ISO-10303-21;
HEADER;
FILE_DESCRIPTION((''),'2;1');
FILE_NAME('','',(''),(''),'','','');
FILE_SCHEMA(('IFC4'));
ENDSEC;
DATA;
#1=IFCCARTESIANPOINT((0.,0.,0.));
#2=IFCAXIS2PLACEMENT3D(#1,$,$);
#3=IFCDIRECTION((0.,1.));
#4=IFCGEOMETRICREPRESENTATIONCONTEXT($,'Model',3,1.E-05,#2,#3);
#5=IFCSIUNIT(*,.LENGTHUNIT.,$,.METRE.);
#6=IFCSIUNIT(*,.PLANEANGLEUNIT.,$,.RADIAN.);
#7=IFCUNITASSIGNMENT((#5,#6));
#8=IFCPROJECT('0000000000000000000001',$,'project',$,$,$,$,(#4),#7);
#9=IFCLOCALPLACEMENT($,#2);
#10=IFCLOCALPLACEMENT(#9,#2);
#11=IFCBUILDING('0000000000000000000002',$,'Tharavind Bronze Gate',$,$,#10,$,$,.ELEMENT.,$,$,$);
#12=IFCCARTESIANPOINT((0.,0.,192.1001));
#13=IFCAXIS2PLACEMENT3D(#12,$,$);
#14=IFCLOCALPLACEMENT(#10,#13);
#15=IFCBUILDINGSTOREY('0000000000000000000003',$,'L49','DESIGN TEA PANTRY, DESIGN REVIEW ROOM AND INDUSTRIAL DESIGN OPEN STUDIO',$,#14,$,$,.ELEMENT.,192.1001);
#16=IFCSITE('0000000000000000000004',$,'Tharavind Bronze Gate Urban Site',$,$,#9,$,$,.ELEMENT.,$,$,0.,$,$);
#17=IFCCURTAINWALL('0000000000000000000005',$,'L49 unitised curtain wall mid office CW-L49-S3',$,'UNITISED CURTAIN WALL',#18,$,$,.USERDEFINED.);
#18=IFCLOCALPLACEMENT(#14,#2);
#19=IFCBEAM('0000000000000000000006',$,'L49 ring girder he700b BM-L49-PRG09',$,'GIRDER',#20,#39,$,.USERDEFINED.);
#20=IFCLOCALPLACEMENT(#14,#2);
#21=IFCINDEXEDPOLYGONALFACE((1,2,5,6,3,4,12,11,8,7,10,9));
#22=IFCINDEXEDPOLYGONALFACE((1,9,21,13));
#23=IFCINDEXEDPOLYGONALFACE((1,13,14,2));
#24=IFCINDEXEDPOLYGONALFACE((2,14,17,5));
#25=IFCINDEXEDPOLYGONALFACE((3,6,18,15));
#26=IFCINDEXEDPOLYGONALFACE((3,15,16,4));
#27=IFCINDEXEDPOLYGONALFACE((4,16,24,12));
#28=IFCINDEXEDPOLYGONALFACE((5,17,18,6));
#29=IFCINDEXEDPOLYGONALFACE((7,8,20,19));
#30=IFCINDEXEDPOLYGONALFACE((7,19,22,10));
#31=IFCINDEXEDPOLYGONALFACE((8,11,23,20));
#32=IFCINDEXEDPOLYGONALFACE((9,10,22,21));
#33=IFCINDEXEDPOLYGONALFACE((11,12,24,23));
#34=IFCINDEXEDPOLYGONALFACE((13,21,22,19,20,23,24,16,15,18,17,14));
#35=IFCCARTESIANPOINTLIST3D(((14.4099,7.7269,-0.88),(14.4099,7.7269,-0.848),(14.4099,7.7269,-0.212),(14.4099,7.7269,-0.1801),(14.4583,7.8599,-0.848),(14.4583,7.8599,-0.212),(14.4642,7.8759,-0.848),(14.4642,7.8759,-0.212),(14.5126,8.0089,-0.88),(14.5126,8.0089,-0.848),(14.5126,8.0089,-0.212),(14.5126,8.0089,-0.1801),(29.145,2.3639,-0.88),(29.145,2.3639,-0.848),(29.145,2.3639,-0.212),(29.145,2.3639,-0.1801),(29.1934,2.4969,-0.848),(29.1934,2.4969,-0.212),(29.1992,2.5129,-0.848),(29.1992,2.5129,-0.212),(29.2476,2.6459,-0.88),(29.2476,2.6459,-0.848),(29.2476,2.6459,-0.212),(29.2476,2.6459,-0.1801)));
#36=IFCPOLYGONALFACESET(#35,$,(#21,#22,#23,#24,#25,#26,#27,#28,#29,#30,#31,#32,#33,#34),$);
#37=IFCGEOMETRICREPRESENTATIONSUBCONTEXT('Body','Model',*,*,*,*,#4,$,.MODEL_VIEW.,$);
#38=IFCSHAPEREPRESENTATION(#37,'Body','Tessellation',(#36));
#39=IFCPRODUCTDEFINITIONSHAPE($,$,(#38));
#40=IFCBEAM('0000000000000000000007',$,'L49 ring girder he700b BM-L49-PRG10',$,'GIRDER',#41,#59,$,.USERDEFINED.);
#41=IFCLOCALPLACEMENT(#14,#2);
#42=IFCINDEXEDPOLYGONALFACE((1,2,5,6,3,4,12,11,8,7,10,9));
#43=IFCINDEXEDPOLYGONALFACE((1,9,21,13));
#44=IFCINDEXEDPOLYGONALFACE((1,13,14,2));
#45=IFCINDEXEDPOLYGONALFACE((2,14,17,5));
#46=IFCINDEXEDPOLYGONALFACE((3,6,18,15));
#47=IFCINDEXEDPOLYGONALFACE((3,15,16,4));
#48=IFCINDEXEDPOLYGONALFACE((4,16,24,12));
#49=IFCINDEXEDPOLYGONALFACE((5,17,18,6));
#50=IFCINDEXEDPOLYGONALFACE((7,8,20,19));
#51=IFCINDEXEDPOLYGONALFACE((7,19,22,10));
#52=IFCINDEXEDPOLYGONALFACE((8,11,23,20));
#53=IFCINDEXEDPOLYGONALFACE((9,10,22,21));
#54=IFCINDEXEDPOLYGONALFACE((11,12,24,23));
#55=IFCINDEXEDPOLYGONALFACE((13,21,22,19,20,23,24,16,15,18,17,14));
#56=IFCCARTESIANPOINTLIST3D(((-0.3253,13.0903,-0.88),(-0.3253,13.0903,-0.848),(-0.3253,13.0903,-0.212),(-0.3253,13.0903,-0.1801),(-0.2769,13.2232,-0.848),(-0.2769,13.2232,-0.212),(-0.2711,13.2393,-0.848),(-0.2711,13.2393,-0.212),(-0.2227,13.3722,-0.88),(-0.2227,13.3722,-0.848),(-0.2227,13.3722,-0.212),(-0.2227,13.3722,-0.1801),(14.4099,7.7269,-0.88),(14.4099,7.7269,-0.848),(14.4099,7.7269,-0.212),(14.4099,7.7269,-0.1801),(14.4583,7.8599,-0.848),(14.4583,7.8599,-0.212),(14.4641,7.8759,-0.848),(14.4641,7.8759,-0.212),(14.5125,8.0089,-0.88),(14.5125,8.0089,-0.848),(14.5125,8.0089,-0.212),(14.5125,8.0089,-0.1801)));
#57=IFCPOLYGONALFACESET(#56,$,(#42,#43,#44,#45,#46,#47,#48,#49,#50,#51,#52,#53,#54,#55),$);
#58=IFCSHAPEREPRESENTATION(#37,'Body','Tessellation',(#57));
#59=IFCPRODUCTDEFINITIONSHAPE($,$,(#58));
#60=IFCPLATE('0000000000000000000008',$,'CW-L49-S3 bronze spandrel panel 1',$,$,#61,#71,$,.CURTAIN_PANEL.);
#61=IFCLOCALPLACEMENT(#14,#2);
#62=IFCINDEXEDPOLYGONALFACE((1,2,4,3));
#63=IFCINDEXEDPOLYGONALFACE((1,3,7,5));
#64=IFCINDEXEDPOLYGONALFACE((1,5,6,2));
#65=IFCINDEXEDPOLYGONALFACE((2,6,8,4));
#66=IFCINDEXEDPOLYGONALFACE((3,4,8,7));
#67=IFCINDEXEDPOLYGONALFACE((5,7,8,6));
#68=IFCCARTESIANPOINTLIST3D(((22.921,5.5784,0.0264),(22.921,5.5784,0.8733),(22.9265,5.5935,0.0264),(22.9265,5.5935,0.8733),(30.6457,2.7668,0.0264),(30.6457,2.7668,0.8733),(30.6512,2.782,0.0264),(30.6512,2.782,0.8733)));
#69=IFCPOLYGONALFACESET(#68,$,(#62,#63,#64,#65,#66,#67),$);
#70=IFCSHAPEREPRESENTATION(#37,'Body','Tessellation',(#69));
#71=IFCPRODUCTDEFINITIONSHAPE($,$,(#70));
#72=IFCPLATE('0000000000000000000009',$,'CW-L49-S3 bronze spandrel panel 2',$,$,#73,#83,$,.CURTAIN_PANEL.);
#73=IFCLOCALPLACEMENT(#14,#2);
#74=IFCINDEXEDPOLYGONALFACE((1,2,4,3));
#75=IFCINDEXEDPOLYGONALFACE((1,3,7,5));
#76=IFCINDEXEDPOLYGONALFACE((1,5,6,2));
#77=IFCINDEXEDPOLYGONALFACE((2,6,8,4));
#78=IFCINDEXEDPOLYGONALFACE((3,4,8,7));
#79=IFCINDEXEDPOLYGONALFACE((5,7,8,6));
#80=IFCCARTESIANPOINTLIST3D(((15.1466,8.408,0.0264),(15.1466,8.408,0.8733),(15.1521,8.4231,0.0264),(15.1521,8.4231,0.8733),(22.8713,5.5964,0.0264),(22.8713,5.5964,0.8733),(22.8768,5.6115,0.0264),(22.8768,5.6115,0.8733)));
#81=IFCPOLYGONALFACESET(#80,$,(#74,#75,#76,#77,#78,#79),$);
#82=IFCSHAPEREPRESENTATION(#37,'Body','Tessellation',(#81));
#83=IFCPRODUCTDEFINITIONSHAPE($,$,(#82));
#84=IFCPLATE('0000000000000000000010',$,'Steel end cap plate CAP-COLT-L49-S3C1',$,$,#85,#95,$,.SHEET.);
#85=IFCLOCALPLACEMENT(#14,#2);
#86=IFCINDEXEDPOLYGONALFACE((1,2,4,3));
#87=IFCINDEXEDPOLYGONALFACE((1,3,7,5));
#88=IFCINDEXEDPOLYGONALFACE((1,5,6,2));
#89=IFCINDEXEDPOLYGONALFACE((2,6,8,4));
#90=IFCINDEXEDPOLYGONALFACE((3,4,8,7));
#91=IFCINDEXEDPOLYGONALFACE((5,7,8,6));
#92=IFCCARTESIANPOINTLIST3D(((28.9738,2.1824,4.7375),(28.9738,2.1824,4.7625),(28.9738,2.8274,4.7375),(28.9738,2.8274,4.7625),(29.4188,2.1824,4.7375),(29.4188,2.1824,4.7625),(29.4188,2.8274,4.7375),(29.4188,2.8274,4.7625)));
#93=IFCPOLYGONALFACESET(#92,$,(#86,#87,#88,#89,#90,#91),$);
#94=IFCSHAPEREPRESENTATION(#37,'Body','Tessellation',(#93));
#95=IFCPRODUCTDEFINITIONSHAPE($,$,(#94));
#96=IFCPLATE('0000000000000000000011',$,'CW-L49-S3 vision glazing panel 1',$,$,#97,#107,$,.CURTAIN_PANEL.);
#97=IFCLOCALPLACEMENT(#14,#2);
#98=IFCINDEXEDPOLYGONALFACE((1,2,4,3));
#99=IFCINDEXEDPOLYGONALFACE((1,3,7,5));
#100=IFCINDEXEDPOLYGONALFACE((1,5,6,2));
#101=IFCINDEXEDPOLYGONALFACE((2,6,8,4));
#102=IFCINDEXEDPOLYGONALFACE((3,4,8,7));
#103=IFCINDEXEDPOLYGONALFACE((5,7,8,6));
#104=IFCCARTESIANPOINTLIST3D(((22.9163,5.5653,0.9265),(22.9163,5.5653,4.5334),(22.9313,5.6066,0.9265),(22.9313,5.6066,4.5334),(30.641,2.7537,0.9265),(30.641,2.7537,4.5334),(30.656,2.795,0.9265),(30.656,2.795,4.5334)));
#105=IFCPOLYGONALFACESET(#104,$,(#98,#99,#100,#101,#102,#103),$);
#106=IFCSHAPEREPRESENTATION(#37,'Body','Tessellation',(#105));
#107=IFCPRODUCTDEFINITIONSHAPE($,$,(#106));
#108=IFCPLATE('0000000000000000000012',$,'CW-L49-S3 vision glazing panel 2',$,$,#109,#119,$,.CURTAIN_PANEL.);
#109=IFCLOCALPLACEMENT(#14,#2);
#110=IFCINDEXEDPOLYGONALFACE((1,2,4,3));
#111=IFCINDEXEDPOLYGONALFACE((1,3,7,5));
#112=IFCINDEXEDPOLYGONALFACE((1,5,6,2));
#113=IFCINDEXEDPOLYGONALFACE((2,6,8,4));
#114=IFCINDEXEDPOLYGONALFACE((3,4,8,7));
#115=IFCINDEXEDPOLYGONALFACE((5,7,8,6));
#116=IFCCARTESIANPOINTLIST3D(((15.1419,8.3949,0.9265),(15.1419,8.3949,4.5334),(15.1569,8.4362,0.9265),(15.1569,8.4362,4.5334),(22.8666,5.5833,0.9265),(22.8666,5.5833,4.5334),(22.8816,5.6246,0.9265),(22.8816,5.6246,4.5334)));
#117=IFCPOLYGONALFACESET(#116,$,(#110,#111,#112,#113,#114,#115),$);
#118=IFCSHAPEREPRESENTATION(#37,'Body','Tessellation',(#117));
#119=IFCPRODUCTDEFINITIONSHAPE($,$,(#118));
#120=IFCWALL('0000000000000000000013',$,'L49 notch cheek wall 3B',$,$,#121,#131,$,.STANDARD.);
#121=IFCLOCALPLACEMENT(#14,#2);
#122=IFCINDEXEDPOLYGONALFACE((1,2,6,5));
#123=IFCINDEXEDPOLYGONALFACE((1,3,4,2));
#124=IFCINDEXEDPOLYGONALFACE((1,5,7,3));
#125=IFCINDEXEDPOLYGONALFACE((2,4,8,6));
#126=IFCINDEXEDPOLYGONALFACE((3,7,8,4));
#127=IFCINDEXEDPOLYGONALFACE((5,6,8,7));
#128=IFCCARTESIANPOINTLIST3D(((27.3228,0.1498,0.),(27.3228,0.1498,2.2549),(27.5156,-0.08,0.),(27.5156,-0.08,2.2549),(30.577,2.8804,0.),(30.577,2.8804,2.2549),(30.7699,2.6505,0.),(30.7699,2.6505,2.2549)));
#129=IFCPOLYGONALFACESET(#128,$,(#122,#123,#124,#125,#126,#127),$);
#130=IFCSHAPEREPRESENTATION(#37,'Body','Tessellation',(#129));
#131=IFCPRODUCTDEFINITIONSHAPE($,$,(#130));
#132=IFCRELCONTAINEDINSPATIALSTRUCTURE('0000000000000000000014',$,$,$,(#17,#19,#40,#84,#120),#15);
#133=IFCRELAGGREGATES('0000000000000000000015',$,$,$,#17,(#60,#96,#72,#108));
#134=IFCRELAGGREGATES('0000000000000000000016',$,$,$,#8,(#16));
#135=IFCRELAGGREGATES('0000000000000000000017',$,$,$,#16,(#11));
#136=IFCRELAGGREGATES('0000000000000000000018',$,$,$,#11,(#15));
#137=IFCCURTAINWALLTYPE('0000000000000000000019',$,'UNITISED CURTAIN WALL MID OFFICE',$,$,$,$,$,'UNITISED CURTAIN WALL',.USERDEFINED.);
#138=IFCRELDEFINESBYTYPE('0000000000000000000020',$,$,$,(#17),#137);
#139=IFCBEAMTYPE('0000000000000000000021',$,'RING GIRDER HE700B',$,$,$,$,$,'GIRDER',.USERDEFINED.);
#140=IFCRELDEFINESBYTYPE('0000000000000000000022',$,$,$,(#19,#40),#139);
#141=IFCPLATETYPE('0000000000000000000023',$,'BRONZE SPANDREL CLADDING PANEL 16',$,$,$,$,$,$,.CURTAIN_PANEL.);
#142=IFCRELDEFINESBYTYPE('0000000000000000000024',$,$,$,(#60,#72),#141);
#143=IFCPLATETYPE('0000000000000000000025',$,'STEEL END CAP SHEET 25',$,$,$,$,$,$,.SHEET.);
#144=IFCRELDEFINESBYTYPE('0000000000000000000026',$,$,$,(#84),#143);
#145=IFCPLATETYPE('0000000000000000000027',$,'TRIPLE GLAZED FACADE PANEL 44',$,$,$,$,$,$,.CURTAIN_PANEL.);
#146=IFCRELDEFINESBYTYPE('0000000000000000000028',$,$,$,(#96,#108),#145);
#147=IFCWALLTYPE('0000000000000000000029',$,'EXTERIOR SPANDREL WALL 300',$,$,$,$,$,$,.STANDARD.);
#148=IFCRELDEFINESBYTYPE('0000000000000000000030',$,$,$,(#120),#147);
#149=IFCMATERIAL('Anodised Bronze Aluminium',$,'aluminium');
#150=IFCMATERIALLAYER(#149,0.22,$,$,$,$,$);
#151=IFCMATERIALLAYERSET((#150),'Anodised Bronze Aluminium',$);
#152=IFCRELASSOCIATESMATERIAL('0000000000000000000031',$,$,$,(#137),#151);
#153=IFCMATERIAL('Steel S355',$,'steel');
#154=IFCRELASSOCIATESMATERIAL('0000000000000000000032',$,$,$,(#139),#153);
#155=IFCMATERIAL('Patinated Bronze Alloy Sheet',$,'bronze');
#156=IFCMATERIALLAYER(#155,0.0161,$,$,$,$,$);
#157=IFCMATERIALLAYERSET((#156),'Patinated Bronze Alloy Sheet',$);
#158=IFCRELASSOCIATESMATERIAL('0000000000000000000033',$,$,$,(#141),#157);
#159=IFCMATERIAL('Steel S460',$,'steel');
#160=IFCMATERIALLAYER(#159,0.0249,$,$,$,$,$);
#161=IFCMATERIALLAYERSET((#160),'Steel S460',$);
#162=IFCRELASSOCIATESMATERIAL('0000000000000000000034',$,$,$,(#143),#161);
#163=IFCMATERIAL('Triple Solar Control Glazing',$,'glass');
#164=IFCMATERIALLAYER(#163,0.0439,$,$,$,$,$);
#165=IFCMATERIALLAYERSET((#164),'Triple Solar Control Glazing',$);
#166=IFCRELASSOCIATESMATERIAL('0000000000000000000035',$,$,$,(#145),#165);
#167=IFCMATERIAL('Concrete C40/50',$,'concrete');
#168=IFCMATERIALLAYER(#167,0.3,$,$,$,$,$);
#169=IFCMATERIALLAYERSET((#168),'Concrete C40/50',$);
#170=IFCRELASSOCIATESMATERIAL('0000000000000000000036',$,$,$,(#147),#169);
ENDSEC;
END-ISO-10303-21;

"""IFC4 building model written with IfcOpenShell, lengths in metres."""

from ifc_helpers import new_model, si_unit, direction, frame, frame_2d, origin, origin_2d, place, context, subcontext, project, spatial, rectangle, i_section, extrude, material, layer, layer_set, material_profile, profile_set, type_object, element, aggregate, save


model = new_model("IFC4")

# Units and contexts
model_context = context("Model", 3, precision=1e-05, world=origin(), true_north=direction((0.0, 1.0)))
body_context = subcontext(model_context, "Body", "Model", "MODEL_VIEW")
ifc_project = project(units=[si_unit("LENGTHUNIT", "METRE"), si_unit("PLANEANGLEUNIT", "RADIAN")], contexts=[model_context])

# Site, building, storey
site_placement = place(None, origin())
site = spatial("IfcSite", under=ifc_project, at=site_placement, Name="Tharavind Bronze Gate Urban Site", CompositionType="ELEMENT", RefElevation=0.0)
building_placement = place(site_placement, origin())
building = spatial("IfcBuilding", under=site, at=building_placement, Name="Tharavind Bronze Gate", CompositionType="ELEMENT")
storey_placement = place(building_placement, frame((0.0, 0.0, 192.1001)))
storey = spatial("IfcBuildingStorey", under=building, at=storey_placement, Name="L49", Description="DESIGN TEA PANTRY, DESIGN REVIEW ROOM AND INDUSTRIAL DESIGN OPEN STUDIO", CompositionType="ELEMENT", Elevation=192.1001)

# Shared definitions
ifc_material_1 = material(Name="Steel S460", Category="steel")

# Curtain wall
ifc_material_2 = material(Name="Anodised Bronze Aluminium", Category="aluminium")
ifc_layer_1 = layer(ifc_material_2, 0.22)
ifc_layer_set_1 = layer_set([ifc_layer_1], Name="Anodised Bronze Aluminium")
curtain_wall_type = type_object("IfcCurtainWallType", Name="UNITISED CURTAIN WALL MID OFFICE", ElementType="UNITISED CURTAIN WALL", PredefinedType="USERDEFINED", material=ifc_layer_set_1)
curtain_wall_placement = place(storey_placement, origin())
curtain_wall = element("IfcCurtainWall", 1, at=curtain_wall_placement, inside=storey, type_object=curtain_wall_type, Name="L49 unitised curtain wall mid office CW-L49-S3", ObjectType="UNITISED CURTAIN WALL", PredefinedType="USERDEFINED")

# Beams
ifc_material_3 = material(Name="Steel S355", Category="steel")
ifc_material_profile_1 = material_profile(ifc_material_3, i_section(OverallWidth=0.3, OverallDepth=0.7, WebThickness=0.0171, FlangeThickness=0.032, at=origin_2d()), Name="HE700B")
ifc_profile_set_1 = profile_set([ifc_material_profile_1], Name="Steel S355")
beam_type_1 = type_object("IfcBeamType", Name="RING GIRDER HE700B", ElementType="GIRDER", PredefinedType="USERDEFINED", material=ifc_profile_set_1)
beam_1_placement = place(storey_placement, frame((29.1963, 2.5049, -0.53), z_axis=(-0.939695, 0.342014, 0.0), x_axis=(-0.342014, -0.939695, 0.0)))
element("IfcBeam", 2, at=beam_1_placement, inside=storey, type_object=beam_type_1, Name="L49 ring girder he700b BM-L49-PRG09", ObjectType="GIRDER", PredefinedType="USERDEFINED", context=body_context, shape_type="SweptSolid", body=[
    extrude(i_section(OverallWidth=0.3, OverallDepth=0.7, WebThickness=0.0171, FlangeThickness=0.032, at=origin_2d()), origin(), (0.0, 0.0, 1.0), 15.6807),
])
beam_2_placement = place(storey_placement, frame((14.4612, 7.8679, -0.53), z_axis=(-0.93969, 0.342028, 0.0), x_axis=(-0.342028, -0.93969, 0.0)))
element("IfcBeam", 3, at=beam_2_placement, inside=storey, type_object=beam_type_1, Name="L49 ring girder he700b BM-L49-PRG10", ObjectType="GIRDER", PredefinedType="USERDEFINED", context=body_context, shape_type="SweptSolid", body=[
    extrude(i_section(OverallWidth=0.3, OverallDepth=0.7, WebThickness=0.0171, FlangeThickness=0.032, at=origin_2d()), origin(), (0.0, 0.0, 1.0), 15.6809),
])

# Plates
ifc_material_4 = material(Name="Patinated Bronze Alloy Sheet", Category="bronze")
ifc_layer_2 = layer(ifc_material_4, 0.0161)
ifc_layer_set_2 = layer_set([ifc_layer_2], Name="Patinated Bronze Alloy Sheet")
plate_type_1 = type_object("IfcPlateType", Name="BRONZE SPANDREL CLADDING PANEL 16", PredefinedType="CURTAIN_PANEL", material=ifc_layer_set_2)
plate_1_placement = place(storey_placement, frame((26.7861, 4.1802, 0.0264), z_axis=(0.0, 0.0, 1.0), x_axis=(-0.939692, 0.342022, 0.0)))
plate_1 = element("IfcPlate", 4, at=plate_1_placement, type_object=plate_type_1, Name="CW-L49-S3 bronze spandrel panel 1", PredefinedType="CURTAIN_PANEL", context=body_context, shape_type="SweptSolid", body=[
    extrude(rectangle(XDim=8.2205, YDim=0.0161, at=origin_2d()), origin(), (0.0, 0.0, 1.0), 0.8469),
])
plate_2_placement = place(storey_placement, frame((19.0117, 7.0098, 0.0264), z_axis=(0.0, 0.0, 1.0), x_axis=(-0.939692, 0.342022, 0.0)))
plate_2 = element("IfcPlate", 5, at=plate_2_placement, type_object=plate_type_1, Name="CW-L49-S3 bronze spandrel panel 2", PredefinedType="CURTAIN_PANEL", context=body_context, shape_type="SweptSolid", body=[
    extrude(rectangle(XDim=8.2205, YDim=0.0161, at=origin_2d()), origin(), (0.0, 0.0, 1.0), 0.8469),
])
ifc_layer_3 = layer(ifc_material_1, 0.0249)
ifc_layer_set_3 = layer_set([ifc_layer_3], Name="Steel S460")
plate_type_2 = type_object("IfcPlateType", Name="STEEL END CAP SHEET 25", PredefinedType="SHEET", material=ifc_layer_set_3)
plate_3_placement = place(storey_placement, frame((29.1963, 2.5049, 4.7375), z_axis=(0.0, 0.0, 1.0), x_axis=(1.0, 0.0, 0.0)))
element("IfcPlate", 6, at=plate_3_placement, inside=storey, type_object=plate_type_2, Name="Steel end cap plate CAP-COLT-L49-S3C1", PredefinedType="SHEET", context=body_context, shape_type="SweptSolid", body=[
    extrude(rectangle(XDim=0.4451, YDim=0.645, at=origin_2d()), origin(), (0.0, 0.0, 1.0), 0.0249),
])
ifc_material_5 = material(Name="Triple Solar Control Glazing", Category="glass")
ifc_layer_4 = layer(ifc_material_5, 0.0439)
ifc_layer_set_4 = layer_set([ifc_layer_4], Name="Triple Solar Control Glazing")
plate_type_3 = type_object("IfcPlateType", Name="TRIPLE GLAZED FACADE PANEL 44", PredefinedType="CURTAIN_PANEL", material=ifc_layer_set_4)
plate_4_placement = place(storey_placement, frame((26.7861, 4.1802, 0.9265), z_axis=(0.0, 0.0, 1.0), x_axis=(-0.939692, 0.342022, 0.0)))
plate_4 = element("IfcPlate", 7, at=plate_4_placement, type_object=plate_type_3, Name="CW-L49-S3 vision glazing panel 1", PredefinedType="CURTAIN_PANEL", context=body_context, shape_type="SweptSolid", body=[
    extrude(rectangle(XDim=8.2205, YDim=0.0439, at=origin_2d()), origin(), (0.0, 0.0, 1.0), 3.6069),
])
plate_5_placement = place(storey_placement, frame((19.0117, 7.0098, 0.9265), z_axis=(0.0, 0.0, 1.0), x_axis=(-0.939692, 0.342022, 0.0)))
plate_5 = element("IfcPlate", 8, at=plate_5_placement, type_object=plate_type_3, Name="CW-L49-S3 vision glazing panel 2", PredefinedType="CURTAIN_PANEL", context=body_context, shape_type="SweptSolid", body=[
    extrude(rectangle(XDim=8.2205, YDim=0.0439, at=origin_2d()), origin(), (0.0, 0.0, 1.0), 3.6069),
])
aggregate(curtain_wall, [plate_1, plate_4, plate_2, plate_5])

# Wall
ifc_material_6 = material(Name="Concrete C40/50", Category="concrete")
ifc_layer_5 = layer(ifc_material_6, 0.3)
ifc_layer_set_5 = layer_set([ifc_layer_5], Name="Concrete C40/50")
wall_type = type_object("IfcWallType", Name="EXTERIOR SPANDREL WALL 300", PredefinedType="STANDARD", material=ifc_layer_set_5)
wall_placement = place(storey_placement, frame((27.4192, 0.0349, 0.0), z_axis=(0.0, 0.0, 1.0), x_axis=(0.766055, 0.642776, 0.0)))
element("IfcWall", 9, at=wall_placement, inside=storey, type_object=wall_type, Name="L49 notch cheek wall 3B", PredefinedType="STANDARD", context=body_context, shape_type="SweptSolid", body=[
    extrude(rectangle(XDim=4.248, YDim=0.3, at=frame_2d((2.124, 0.0))), origin(), (0.0, 0.0, 1.0), 2.2549),
])

save(model, "model.ifc")
